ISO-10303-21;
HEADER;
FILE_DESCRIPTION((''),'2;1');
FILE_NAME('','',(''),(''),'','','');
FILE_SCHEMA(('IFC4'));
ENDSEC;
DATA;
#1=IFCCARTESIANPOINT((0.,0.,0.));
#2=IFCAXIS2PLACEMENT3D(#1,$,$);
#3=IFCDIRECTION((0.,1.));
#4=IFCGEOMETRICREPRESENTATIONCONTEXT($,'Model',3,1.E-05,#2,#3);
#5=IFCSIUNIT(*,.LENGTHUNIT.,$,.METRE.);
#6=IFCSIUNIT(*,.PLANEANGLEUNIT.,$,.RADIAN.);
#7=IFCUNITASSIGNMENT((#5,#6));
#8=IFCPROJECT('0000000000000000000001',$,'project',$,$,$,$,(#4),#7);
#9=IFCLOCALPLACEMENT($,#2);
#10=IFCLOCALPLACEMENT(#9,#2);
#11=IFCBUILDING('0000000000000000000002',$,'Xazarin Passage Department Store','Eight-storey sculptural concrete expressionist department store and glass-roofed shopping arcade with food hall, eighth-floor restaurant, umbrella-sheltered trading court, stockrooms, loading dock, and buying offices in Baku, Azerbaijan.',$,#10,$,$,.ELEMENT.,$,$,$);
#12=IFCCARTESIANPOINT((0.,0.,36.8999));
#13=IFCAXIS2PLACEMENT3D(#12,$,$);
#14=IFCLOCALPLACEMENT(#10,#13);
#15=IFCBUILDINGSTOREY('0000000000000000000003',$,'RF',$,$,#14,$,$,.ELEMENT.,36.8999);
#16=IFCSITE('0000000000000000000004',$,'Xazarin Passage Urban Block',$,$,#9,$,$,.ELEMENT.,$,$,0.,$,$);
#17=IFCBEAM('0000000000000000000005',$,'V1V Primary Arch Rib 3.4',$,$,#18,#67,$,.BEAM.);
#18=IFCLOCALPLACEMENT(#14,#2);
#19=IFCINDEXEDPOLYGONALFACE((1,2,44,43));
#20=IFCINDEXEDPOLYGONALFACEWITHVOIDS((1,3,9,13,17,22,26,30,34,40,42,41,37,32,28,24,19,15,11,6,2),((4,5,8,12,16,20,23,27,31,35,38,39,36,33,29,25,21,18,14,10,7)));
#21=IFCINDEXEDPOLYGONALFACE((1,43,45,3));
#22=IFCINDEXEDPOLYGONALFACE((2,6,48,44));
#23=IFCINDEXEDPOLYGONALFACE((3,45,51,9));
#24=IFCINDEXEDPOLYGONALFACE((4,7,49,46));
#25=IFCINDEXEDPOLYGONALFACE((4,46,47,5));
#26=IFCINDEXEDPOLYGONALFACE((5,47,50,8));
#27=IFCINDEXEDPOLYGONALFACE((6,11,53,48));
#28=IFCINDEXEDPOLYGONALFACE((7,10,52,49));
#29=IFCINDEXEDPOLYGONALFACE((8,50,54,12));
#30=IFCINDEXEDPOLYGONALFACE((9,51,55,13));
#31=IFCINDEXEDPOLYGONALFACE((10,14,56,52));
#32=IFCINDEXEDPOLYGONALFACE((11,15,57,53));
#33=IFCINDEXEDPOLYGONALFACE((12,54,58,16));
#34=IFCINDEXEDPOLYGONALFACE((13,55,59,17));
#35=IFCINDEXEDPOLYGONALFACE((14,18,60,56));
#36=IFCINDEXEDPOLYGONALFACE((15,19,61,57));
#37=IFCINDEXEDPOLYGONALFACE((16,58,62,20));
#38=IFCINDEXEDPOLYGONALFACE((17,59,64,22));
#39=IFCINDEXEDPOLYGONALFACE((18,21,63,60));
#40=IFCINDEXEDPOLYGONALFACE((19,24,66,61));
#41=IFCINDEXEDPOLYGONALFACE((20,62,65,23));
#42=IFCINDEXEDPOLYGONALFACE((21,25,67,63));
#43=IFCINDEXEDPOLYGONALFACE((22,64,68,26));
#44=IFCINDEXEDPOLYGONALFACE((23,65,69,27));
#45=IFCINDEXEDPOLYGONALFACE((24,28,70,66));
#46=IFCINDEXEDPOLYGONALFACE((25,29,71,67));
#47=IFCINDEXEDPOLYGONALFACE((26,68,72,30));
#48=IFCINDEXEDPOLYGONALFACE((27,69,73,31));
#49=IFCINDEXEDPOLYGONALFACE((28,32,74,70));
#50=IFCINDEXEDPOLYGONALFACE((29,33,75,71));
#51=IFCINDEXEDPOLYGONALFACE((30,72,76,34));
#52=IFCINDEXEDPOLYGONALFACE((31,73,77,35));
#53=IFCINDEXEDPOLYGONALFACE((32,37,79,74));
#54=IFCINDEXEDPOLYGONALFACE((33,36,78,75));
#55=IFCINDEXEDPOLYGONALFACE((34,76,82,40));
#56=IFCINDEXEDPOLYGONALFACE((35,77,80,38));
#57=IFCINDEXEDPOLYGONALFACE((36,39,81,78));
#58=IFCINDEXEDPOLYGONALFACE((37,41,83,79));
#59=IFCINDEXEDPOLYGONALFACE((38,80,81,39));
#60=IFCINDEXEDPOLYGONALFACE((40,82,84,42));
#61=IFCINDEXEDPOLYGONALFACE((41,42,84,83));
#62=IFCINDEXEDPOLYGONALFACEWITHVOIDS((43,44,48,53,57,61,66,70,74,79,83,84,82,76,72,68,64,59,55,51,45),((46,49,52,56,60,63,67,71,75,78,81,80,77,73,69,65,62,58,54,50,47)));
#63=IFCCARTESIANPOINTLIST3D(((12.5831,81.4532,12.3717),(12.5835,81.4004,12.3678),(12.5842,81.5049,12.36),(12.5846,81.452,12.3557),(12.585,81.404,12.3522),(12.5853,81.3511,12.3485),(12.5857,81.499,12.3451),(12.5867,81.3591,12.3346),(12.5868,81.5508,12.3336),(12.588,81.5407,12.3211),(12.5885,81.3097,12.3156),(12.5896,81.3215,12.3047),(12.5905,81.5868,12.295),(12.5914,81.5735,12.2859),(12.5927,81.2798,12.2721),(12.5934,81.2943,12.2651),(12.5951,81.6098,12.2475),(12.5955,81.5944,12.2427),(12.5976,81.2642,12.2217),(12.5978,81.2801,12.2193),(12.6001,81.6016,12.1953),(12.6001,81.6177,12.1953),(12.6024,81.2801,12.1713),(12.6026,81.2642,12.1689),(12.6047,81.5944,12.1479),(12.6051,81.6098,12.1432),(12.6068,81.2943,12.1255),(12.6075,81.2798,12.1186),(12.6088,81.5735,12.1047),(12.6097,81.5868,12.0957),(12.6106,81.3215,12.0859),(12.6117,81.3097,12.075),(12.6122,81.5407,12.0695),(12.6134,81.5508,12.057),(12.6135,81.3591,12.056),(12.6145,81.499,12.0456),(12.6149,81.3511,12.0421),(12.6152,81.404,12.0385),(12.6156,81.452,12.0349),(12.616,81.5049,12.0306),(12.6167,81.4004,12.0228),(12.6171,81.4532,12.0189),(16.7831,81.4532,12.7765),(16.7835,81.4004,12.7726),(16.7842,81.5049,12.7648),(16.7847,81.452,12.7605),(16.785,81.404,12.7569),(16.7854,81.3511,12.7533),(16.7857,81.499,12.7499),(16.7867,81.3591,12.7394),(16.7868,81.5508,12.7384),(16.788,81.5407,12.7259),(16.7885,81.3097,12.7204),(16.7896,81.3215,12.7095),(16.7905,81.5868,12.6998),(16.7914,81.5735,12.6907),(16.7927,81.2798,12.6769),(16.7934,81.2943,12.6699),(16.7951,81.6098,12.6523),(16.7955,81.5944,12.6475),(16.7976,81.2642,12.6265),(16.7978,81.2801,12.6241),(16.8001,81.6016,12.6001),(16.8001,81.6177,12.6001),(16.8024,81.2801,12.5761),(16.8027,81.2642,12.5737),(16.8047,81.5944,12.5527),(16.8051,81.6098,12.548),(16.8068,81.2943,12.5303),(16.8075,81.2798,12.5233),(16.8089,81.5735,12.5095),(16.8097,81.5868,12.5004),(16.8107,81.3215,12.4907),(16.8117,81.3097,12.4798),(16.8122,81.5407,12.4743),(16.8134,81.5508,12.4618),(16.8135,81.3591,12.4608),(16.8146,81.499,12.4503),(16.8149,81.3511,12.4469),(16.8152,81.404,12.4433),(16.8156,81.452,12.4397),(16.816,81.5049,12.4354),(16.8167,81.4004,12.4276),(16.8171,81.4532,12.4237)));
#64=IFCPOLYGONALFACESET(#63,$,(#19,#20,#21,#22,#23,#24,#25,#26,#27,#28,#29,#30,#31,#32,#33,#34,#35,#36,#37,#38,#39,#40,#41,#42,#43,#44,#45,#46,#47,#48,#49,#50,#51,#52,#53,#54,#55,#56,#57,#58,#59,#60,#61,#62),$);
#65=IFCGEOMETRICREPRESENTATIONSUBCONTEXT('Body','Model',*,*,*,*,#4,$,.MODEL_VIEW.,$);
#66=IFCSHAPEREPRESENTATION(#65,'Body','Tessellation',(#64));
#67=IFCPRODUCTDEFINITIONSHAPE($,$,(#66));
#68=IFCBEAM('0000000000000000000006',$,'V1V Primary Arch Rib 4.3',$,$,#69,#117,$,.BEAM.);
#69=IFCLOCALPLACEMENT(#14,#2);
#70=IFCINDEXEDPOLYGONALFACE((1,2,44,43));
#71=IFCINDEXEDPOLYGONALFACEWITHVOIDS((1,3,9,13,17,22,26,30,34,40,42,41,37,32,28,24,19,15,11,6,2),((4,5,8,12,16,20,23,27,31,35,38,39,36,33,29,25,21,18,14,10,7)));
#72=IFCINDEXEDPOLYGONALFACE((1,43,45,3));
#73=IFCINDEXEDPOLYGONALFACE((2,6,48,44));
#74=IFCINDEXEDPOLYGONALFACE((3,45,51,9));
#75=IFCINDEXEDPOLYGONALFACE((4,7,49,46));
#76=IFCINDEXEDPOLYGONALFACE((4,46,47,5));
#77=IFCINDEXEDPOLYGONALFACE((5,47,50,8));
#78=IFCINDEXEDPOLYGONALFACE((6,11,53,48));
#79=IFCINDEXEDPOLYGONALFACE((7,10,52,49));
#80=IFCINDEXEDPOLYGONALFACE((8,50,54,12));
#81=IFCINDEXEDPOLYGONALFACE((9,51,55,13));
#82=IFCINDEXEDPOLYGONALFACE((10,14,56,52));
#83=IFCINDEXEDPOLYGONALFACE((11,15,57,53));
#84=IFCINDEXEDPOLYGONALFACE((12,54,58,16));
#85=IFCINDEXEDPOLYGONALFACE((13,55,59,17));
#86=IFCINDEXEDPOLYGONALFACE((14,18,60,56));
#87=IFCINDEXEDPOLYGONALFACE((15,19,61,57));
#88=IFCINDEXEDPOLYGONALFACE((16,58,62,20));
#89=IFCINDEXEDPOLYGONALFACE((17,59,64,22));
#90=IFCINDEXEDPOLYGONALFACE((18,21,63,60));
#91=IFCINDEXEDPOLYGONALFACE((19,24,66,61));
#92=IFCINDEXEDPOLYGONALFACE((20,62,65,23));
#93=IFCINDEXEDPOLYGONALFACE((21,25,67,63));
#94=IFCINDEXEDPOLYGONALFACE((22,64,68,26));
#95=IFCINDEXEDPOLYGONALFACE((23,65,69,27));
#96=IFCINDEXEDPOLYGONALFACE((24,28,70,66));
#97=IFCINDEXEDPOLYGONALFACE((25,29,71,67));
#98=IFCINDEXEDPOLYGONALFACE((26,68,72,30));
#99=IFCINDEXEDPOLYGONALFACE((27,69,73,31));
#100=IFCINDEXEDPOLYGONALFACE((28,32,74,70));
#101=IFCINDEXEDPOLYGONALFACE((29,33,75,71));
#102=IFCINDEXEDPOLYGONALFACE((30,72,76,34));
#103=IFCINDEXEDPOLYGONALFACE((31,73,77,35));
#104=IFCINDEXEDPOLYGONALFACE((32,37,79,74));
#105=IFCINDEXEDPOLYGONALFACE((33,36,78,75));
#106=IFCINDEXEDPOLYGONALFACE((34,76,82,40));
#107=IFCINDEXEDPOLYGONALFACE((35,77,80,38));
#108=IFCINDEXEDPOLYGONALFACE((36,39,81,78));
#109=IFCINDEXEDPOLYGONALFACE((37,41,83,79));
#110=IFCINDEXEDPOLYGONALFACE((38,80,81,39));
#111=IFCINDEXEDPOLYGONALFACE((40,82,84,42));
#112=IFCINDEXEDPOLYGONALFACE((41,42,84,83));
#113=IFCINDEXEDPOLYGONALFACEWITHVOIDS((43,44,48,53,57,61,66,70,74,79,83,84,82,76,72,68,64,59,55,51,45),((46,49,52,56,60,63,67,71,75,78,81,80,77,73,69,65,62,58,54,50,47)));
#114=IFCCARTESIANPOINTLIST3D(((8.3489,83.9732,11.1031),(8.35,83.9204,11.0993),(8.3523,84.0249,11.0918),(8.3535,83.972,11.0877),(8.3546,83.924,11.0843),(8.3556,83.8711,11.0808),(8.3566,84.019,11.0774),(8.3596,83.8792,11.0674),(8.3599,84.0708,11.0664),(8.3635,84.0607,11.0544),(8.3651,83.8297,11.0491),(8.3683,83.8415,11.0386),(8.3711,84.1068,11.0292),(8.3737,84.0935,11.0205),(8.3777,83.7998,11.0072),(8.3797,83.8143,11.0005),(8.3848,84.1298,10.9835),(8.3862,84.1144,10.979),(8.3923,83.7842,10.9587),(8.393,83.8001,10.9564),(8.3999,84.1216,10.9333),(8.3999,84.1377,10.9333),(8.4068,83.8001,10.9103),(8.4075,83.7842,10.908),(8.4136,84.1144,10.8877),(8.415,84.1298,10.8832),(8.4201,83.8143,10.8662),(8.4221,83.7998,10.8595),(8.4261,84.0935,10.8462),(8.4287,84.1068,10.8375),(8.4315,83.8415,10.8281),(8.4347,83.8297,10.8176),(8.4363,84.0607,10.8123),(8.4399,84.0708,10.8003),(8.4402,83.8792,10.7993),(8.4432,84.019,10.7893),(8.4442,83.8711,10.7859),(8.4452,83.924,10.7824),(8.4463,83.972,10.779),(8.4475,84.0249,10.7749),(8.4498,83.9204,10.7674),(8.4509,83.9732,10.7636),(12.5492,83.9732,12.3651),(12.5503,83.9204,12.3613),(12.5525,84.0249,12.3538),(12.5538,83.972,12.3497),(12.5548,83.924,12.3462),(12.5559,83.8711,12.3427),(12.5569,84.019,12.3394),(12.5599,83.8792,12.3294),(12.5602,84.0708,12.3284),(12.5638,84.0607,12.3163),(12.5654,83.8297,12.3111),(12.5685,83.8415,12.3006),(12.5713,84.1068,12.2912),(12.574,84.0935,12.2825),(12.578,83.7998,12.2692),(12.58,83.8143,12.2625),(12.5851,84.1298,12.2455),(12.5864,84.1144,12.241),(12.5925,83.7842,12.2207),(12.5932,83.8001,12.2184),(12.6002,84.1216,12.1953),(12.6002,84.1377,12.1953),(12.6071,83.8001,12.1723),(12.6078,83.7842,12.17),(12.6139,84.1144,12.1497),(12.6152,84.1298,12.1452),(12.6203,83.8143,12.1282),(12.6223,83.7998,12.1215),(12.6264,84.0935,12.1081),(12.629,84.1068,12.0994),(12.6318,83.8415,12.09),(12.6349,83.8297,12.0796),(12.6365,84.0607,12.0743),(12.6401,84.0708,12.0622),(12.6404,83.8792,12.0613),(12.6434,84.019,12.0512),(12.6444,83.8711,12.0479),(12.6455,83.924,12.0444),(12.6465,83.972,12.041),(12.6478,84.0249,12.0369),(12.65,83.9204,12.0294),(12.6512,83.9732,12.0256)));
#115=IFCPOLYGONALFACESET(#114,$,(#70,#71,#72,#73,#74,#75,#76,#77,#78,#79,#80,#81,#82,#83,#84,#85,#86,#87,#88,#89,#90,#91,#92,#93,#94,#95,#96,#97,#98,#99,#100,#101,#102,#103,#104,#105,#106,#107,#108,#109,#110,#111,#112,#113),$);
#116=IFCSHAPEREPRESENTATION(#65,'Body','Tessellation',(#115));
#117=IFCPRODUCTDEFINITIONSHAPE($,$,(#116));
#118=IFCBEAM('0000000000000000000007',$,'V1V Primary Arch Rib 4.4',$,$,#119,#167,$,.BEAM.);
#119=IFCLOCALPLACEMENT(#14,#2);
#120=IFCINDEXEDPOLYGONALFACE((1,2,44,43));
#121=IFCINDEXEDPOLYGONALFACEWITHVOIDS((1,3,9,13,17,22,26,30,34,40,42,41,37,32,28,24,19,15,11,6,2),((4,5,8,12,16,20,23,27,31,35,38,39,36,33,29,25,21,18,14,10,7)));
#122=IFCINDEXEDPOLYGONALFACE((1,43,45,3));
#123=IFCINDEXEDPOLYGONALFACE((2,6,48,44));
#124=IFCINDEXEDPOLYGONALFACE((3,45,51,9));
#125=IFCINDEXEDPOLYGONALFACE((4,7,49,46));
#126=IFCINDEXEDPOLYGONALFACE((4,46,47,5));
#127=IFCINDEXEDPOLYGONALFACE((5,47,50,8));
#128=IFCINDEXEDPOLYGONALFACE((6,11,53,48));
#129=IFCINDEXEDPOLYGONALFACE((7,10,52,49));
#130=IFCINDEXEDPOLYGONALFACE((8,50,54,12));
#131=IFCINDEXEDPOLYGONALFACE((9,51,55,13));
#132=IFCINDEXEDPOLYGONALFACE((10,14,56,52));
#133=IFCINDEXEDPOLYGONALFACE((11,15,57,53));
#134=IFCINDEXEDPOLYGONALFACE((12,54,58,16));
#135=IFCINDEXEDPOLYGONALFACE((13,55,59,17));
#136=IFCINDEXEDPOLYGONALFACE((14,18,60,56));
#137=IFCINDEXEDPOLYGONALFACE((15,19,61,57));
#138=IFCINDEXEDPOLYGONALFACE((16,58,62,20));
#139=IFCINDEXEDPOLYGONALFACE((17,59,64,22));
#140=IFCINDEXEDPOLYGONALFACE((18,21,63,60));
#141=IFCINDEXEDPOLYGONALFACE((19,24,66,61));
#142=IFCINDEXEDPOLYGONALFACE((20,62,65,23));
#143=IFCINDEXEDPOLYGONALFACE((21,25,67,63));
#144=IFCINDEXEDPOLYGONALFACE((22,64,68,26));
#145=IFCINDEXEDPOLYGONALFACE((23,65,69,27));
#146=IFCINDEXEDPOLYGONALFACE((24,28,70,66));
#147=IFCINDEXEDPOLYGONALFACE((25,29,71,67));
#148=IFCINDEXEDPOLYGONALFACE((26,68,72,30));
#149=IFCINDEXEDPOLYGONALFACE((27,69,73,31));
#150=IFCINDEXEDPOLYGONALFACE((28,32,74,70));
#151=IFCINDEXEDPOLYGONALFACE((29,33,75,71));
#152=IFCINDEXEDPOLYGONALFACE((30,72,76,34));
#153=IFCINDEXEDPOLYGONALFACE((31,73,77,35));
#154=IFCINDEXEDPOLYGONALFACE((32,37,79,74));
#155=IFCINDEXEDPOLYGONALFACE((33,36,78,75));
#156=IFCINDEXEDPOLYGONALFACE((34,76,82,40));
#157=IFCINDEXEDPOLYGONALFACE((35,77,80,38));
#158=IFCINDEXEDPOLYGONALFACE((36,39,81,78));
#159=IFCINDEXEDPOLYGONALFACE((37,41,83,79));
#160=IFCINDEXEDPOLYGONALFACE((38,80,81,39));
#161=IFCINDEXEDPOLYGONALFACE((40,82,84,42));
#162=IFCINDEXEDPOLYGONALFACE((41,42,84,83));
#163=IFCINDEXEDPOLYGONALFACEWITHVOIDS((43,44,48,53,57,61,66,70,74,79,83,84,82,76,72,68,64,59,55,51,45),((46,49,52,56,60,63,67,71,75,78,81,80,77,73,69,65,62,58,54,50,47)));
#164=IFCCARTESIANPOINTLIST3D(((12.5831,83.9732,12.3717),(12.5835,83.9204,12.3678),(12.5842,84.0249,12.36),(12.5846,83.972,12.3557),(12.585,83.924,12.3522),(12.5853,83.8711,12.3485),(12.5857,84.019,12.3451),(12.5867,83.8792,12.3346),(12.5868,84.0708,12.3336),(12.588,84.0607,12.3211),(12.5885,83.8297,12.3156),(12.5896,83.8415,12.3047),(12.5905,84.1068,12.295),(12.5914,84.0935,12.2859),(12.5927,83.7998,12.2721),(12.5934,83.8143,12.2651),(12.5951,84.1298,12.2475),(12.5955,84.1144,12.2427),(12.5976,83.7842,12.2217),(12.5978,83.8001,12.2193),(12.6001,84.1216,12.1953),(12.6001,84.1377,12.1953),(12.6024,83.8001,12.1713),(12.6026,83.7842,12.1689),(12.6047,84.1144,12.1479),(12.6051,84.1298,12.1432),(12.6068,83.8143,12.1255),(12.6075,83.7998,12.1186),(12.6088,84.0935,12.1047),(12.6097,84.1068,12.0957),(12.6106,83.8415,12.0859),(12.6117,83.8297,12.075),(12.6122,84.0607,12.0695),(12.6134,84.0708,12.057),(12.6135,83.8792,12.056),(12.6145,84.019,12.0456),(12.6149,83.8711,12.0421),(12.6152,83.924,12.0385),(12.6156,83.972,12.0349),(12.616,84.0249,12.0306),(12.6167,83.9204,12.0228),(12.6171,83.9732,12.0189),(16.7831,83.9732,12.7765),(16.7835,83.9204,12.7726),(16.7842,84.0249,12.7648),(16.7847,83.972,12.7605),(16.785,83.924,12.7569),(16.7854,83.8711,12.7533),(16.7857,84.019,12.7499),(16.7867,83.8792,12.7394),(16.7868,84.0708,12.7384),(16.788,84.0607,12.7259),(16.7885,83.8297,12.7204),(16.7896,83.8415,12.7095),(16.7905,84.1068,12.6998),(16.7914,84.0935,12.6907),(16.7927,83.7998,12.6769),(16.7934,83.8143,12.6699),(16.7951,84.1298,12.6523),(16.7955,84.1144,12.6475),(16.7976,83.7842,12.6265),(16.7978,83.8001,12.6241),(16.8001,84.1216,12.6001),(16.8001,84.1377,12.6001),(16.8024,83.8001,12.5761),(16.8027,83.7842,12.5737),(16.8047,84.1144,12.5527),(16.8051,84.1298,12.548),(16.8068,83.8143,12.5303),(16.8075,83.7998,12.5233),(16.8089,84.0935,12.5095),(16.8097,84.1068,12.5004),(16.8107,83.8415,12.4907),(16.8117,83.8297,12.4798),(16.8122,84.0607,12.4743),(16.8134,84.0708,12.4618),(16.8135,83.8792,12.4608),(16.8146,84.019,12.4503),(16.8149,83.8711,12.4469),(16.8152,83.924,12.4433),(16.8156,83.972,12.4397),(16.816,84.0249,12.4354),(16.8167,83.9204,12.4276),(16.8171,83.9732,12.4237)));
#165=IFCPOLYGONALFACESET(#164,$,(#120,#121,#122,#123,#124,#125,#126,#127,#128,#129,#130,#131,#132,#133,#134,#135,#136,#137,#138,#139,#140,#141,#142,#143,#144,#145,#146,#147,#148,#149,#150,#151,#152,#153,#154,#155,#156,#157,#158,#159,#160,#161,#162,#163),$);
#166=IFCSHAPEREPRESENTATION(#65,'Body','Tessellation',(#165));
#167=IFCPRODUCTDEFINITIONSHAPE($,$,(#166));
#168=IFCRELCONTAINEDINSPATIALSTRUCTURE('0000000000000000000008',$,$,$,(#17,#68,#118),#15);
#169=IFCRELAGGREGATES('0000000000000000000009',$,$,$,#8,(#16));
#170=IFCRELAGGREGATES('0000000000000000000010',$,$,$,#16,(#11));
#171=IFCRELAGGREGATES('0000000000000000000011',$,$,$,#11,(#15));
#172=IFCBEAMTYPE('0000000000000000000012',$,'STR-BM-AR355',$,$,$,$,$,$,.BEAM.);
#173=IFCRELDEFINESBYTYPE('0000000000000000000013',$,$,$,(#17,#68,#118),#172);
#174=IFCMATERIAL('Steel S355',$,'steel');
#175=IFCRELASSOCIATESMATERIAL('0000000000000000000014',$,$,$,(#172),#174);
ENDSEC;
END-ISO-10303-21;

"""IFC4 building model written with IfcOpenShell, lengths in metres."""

from ifc_helpers import new_model, si_unit, direction, frame, origin, origin_2d, place, context, subcontext, project, spatial, hollow_circle, extrude, material, material_profile, profile_set, type_object, element, save


model = new_model("IFC4")

# Units and contexts
model_context = context("Model", 3, precision=1e-05, world=origin(), true_north=direction((0.0, 1.0)))
body_context = subcontext(model_context, "Body", "Model", "MODEL_VIEW")
ifc_project = project(units=[si_unit("LENGTHUNIT", "METRE"), si_unit("PLANEANGLEUNIT", "RADIAN")], contexts=[model_context])

# Site, building, storey
site_placement = place(None, origin())
site = spatial("IfcSite", under=ifc_project, at=site_placement, Name="Xazarin Passage Urban Block", CompositionType="ELEMENT", RefElevation=0.0)
building_placement = place(site_placement, origin())
building = spatial("IfcBuilding", under=site, at=building_placement, Name="Xazarin Passage Department Store", Description="Eight-storey sculptural concrete expressionist department store and glass-roofed shopping arcade with food hall, eighth-floor restaurant, umbrella-sheltered trading court, stockrooms, loading dock, and buying offices in Baku, Azerbaijan.", CompositionType="ELEMENT")
storey_placement = place(building_placement, frame((0.0, 0.0, 36.8999)))
storey = spatial("IfcBuildingStorey", under=building, at=storey_placement, Name="RF", CompositionType="ELEMENT", Elevation=36.8999)

# Beams
ifc_material_1 = material(Name="Steel S355", Category="steel")
ifc_material_profile_1 = material_profile(ifc_material_1, hollow_circle(Radius=0.1777, WallThickness=0.0161, at=origin_2d()), Name="CHS 355.6x16")
ifc_profile_set_1 = profile_set([ifc_material_profile_1], Name="Steel S355")
beam_type_1 = type_object("IfcBeamType", Name="STR-BM-AR355", PredefinedType="BEAM", material=ifc_profile_set_1)
beam_1_placement = place(storey_placement, frame((12.6001, 81.4399, 12.1953), z_axis=(0.995388, 0.0, 0.095934), x_axis=(0.0, 1.0, 0.0)))
element("IfcBeam", 1, at=beam_1_placement, inside=storey, type_object=beam_type_1, Name="V1V Primary Arch Rib 3.4", PredefinedType="BEAM", context=body_context, shape_type="SweptSolid", body=[
    extrude(hollow_circle(Radius=0.1777, WallThickness=0.0161, at=origin_2d()), origin(), (0.0, 0.0, 1.0), 4.2195),
])
beam_2_placement = place(storey_placement, frame((8.3999, 83.96, 10.9333), z_axis=(0.957707, 0.0, 0.287746), x_axis=(0.0, 1.0, 0.0)))
element("IfcBeam", 2, at=beam_2_placement, inside=storey, type_object=beam_type_1, Name="V1V Primary Arch Rib 4.3", PredefinedType="BEAM", context=body_context, shape_type="SweptSolid", body=[
    extrude(hollow_circle(Radius=0.1777, WallThickness=0.0161, at=origin_2d()), origin(), (0.0, 0.0, 1.0), 4.3857),
])
beam_3_placement = place(storey_placement, frame((12.6001, 83.96, 12.1953), z_axis=(0.995388, 0.0, 0.095934), x_axis=(0.0, 1.0, 0.0)))
element("IfcBeam", 3, at=beam_3_placement, inside=storey, type_object=beam_type_1, Name="V1V Primary Arch Rib 4.4", PredefinedType="BEAM", context=body_context, shape_type="SweptSolid", body=[
    extrude(hollow_circle(Radius=0.1777, WallThickness=0.0161, at=origin_2d()), origin(), (0.0, 0.0, 1.0), 4.2195),
])

save(model, "model.ifc")
